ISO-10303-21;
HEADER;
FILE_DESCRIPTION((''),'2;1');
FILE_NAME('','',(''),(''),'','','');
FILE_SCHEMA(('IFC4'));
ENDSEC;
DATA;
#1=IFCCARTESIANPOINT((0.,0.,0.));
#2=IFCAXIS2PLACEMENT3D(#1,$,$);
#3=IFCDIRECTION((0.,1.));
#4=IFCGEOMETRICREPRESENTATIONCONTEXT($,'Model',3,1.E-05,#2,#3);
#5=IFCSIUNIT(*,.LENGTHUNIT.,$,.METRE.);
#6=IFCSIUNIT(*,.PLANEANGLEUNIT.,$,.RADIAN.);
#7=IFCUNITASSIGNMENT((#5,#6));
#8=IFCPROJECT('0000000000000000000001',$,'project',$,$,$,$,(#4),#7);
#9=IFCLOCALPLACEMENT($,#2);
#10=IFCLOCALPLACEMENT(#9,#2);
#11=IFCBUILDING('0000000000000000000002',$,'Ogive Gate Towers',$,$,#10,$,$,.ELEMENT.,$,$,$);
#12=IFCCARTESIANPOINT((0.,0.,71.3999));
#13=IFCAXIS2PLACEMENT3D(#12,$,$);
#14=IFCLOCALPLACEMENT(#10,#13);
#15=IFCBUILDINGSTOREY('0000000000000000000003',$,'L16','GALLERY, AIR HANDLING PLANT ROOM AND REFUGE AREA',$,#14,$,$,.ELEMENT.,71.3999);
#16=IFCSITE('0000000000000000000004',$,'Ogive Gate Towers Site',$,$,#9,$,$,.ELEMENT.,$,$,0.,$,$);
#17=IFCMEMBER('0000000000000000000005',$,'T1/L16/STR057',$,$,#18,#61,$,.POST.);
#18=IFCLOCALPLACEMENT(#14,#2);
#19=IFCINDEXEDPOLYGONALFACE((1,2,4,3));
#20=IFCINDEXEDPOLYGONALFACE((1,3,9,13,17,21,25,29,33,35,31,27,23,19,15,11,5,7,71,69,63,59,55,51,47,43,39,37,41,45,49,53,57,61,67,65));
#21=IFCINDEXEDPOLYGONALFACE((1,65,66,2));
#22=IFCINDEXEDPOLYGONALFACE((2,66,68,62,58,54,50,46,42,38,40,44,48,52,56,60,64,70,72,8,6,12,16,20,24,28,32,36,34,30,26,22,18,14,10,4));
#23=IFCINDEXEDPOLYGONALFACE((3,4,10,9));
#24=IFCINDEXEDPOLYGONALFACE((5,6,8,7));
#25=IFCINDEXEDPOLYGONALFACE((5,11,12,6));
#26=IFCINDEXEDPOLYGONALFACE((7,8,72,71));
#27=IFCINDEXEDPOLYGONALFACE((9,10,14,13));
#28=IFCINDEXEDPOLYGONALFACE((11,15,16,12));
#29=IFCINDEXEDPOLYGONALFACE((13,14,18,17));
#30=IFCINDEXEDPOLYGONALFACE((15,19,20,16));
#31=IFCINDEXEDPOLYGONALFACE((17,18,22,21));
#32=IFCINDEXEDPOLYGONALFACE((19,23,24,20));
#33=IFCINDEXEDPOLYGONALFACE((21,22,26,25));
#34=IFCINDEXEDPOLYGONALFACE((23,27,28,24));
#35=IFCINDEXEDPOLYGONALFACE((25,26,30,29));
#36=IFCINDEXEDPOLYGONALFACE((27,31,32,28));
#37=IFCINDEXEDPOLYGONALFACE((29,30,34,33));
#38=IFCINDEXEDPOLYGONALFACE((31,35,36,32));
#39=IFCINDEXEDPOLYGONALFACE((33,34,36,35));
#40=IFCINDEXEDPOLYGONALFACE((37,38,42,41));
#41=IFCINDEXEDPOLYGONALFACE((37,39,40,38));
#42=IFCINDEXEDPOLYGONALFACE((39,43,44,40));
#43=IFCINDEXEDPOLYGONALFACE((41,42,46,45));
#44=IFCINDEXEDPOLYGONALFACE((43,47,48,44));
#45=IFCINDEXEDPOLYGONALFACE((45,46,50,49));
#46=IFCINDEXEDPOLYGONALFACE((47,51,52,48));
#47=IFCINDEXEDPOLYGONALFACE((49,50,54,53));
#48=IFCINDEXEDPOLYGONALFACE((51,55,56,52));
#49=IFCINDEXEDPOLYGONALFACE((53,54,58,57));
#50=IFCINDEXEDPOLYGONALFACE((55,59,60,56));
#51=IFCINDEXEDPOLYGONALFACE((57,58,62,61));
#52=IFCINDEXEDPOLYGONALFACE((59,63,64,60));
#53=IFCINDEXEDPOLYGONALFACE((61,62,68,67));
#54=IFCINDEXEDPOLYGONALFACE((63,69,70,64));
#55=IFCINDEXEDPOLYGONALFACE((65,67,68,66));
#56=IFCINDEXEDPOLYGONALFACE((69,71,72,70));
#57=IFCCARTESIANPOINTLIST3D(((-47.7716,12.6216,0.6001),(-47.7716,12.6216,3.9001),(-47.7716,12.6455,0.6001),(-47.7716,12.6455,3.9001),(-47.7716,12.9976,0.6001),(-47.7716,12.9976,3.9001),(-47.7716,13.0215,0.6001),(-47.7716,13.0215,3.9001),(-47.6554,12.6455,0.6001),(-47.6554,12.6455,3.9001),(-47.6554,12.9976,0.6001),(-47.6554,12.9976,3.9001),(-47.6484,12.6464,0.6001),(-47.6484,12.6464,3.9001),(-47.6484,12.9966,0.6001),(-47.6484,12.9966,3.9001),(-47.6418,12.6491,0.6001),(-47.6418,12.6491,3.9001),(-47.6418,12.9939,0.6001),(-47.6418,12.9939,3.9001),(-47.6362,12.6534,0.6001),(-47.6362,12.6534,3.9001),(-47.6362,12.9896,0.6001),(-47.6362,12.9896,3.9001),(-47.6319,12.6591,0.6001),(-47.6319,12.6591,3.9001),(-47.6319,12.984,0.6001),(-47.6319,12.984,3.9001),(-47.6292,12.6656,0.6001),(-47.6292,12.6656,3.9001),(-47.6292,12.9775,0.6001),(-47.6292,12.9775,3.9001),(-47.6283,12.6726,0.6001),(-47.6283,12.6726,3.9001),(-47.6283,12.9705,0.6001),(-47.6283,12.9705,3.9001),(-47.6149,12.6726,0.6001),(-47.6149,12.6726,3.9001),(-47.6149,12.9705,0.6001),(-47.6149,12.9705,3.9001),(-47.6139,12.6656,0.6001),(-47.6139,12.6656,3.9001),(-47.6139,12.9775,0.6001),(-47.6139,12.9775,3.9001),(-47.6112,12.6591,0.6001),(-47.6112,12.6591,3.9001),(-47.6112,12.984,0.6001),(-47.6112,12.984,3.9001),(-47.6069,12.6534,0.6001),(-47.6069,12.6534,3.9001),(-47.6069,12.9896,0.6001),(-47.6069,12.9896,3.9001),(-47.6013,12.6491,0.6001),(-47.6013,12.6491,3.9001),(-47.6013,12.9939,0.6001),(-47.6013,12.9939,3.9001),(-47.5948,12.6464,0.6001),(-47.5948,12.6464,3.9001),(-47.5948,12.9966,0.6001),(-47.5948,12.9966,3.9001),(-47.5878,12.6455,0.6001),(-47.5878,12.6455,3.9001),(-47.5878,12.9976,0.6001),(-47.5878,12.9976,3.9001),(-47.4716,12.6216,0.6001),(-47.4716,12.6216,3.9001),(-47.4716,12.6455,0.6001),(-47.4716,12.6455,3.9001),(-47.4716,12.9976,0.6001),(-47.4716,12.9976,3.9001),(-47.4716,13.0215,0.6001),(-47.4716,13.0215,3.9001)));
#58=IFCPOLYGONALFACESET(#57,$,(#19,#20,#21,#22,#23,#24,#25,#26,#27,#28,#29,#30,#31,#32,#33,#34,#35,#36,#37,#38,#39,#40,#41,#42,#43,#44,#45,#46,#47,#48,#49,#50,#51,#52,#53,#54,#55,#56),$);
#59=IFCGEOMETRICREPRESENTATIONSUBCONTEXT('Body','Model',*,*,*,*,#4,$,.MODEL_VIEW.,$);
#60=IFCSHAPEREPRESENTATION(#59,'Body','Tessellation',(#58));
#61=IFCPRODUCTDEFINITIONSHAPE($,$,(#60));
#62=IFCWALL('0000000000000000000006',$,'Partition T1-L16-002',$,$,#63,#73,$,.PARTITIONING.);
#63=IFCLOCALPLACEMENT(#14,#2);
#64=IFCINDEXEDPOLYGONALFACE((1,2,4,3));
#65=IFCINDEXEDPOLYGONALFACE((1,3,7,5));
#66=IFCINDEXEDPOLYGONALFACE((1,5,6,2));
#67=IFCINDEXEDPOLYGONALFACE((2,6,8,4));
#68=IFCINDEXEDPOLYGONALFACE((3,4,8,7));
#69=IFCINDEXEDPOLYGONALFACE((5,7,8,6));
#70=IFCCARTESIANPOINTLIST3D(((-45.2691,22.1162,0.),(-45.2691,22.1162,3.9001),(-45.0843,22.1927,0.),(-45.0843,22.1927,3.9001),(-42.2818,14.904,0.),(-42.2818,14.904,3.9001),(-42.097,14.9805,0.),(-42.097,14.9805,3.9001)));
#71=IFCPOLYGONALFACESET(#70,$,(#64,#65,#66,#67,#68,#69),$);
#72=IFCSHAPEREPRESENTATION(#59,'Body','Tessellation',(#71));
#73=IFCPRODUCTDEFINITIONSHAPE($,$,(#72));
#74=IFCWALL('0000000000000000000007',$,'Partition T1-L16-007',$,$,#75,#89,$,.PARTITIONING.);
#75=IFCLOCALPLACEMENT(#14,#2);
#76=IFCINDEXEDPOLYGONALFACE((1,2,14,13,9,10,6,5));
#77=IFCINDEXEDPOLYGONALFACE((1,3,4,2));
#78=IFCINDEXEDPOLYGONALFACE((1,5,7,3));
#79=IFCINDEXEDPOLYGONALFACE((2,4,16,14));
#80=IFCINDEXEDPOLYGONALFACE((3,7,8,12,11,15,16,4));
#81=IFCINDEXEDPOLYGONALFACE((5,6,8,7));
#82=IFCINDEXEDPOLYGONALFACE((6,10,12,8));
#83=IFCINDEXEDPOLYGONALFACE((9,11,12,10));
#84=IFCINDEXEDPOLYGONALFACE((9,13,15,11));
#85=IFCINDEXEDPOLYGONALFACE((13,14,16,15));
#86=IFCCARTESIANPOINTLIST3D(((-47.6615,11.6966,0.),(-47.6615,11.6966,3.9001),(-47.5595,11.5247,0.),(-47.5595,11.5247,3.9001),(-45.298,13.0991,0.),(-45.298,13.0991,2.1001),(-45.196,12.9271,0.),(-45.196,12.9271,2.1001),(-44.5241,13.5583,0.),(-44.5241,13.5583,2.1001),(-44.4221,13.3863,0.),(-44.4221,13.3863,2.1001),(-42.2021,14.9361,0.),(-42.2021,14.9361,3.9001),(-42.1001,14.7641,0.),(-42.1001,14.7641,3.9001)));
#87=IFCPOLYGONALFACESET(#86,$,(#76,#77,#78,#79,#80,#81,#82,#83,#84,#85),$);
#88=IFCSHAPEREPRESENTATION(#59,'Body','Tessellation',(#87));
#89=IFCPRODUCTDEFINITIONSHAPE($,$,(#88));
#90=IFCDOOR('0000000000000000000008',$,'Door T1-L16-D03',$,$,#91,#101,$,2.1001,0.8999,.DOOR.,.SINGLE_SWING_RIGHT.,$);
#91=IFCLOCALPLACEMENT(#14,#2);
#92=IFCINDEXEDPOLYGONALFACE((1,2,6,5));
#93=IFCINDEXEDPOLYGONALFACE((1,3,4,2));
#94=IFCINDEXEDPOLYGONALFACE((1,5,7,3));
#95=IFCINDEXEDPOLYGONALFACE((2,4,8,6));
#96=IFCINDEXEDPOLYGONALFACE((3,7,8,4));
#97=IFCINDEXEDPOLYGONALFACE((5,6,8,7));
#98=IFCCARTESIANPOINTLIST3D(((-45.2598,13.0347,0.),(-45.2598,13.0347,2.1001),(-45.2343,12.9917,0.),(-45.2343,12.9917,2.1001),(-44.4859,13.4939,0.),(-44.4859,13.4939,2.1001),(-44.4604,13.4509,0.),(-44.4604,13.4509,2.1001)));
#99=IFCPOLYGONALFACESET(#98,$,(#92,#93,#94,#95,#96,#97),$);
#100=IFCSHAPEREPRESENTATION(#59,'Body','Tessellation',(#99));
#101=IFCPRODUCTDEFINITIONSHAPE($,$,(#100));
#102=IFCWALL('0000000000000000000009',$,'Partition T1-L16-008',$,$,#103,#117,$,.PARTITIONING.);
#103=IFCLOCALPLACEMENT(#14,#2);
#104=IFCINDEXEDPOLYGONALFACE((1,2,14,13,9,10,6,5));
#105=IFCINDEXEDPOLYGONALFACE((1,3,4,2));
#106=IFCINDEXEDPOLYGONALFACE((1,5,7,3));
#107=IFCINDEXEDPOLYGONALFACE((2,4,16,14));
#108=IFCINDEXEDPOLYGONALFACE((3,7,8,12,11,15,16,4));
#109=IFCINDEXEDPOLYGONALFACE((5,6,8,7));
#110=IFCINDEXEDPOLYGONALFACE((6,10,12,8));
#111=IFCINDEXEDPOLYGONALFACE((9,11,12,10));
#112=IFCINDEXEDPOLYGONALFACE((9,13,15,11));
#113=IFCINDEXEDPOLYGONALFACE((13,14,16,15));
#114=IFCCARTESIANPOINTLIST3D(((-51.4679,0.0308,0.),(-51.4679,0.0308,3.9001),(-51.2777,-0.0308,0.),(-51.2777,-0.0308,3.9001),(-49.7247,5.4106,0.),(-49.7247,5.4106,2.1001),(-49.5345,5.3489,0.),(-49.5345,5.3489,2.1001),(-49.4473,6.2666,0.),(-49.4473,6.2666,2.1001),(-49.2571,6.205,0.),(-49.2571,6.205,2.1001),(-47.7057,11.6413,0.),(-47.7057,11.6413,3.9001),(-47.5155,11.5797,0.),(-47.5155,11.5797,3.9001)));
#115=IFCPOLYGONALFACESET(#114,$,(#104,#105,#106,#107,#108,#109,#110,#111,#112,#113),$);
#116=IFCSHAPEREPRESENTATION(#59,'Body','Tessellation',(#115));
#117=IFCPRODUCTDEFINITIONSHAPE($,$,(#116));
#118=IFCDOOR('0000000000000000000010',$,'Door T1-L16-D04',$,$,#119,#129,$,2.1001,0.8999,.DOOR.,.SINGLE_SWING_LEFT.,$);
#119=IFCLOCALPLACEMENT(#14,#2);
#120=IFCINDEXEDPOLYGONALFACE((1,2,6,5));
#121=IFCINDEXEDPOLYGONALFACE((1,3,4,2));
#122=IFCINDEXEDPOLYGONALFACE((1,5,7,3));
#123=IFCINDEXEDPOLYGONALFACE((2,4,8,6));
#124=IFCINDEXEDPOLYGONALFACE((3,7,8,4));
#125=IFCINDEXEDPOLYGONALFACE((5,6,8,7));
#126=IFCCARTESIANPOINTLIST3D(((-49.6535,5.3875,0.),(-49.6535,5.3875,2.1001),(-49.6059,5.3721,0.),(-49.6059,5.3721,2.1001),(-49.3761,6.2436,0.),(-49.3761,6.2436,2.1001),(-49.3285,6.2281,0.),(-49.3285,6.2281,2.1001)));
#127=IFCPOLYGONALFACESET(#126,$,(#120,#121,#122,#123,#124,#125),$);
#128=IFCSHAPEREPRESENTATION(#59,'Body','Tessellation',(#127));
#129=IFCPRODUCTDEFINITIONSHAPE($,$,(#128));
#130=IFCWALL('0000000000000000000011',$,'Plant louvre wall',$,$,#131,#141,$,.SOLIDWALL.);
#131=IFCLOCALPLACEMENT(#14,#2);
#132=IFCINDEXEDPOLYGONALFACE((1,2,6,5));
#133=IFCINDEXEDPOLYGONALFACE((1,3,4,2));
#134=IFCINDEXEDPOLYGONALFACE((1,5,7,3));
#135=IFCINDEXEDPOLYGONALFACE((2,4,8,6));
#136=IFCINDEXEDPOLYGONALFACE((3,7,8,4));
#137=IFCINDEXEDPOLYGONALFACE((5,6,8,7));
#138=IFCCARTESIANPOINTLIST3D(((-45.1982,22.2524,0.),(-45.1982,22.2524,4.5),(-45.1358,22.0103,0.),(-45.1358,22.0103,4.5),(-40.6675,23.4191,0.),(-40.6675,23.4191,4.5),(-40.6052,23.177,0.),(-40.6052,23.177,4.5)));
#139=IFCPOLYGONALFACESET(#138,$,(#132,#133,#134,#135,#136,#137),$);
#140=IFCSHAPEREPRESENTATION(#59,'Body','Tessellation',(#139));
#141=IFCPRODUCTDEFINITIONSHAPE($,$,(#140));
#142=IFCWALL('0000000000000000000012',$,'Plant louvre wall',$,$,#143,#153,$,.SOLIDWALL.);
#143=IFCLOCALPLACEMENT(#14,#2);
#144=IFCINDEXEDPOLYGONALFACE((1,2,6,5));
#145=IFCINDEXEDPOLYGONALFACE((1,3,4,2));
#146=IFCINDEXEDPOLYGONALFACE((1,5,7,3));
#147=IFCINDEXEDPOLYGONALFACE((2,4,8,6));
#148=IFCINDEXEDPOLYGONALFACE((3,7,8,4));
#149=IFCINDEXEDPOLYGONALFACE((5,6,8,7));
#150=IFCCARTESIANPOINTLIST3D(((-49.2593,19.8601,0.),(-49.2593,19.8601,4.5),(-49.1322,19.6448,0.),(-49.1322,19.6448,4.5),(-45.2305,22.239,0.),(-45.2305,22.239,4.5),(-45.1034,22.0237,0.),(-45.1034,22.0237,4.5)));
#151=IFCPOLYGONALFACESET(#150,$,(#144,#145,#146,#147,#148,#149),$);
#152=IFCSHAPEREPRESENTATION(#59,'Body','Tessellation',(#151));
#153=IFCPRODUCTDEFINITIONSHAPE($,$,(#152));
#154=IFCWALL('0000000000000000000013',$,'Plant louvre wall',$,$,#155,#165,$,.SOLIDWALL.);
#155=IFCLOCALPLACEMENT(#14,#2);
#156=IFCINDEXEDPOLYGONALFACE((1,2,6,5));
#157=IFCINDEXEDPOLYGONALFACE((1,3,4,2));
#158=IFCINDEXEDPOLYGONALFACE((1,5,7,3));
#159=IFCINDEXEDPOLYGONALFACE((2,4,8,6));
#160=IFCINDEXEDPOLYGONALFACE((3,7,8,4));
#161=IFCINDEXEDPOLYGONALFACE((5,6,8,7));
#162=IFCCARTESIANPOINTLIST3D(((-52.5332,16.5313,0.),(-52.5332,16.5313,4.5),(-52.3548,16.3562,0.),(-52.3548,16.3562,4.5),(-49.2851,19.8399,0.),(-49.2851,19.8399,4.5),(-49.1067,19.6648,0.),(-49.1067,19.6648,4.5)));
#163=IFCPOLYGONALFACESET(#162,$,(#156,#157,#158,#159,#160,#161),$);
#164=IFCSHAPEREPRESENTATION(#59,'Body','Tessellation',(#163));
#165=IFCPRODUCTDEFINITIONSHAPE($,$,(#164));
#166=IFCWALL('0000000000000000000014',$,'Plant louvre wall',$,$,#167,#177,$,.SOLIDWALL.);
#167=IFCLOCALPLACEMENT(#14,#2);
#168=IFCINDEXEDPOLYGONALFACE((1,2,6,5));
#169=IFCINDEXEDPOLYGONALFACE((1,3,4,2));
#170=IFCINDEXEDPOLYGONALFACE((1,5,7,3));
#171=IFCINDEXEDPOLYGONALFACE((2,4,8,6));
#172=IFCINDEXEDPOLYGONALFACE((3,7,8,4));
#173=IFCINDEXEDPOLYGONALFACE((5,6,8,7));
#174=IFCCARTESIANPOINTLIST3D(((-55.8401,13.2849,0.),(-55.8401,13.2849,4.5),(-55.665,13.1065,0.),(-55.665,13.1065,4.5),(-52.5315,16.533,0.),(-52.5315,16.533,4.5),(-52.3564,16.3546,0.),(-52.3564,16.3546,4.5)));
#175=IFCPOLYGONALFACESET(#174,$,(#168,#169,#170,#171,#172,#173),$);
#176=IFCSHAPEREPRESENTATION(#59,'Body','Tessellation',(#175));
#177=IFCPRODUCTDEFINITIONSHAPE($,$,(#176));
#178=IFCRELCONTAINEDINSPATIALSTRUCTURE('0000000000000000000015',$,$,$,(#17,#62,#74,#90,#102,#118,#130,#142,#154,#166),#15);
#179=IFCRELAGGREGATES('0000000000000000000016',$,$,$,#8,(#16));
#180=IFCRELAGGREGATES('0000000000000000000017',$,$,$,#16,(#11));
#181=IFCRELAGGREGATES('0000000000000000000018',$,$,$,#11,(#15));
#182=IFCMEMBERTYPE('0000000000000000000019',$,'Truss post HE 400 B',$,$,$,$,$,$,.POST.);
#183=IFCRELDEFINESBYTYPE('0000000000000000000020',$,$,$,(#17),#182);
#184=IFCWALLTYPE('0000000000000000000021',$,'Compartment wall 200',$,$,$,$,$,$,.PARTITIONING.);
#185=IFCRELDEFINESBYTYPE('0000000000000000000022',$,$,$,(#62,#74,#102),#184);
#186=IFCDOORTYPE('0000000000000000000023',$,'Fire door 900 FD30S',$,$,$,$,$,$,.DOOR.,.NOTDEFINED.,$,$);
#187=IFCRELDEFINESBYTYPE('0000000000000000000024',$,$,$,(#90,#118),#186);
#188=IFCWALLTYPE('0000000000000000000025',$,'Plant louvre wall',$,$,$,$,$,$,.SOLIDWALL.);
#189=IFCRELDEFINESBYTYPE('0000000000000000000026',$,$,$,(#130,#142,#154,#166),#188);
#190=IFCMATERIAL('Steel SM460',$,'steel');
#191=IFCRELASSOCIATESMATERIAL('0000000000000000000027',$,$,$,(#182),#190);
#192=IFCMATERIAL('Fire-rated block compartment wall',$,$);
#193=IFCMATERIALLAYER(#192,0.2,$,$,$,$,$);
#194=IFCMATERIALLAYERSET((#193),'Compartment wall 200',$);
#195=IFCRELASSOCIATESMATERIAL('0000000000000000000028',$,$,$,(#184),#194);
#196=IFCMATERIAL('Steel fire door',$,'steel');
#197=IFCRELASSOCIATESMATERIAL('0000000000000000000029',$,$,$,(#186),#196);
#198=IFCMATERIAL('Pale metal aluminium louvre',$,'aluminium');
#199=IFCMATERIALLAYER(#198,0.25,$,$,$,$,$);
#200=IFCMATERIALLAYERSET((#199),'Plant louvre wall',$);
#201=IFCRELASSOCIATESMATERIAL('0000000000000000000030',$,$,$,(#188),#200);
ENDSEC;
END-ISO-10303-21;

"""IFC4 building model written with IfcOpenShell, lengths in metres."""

from ifc_helpers import new_model, si_unit, direction, frame, frame_2d, origin, origin_2d, place, context, subcontext, project, spatial, rectangle, i_section, extrude, material, layer, layer_set, material_profile, profile_set, type_object, element, fill, save


model = new_model("IFC4")

# Units and contexts
model_context = context("Model", 3, precision=1e-05, world=origin(), true_north=direction((0.0, 1.0)))
body_context = subcontext(model_context, "Body", "Model", "MODEL_VIEW")
ifc_project = project(units=[si_unit("LENGTHUNIT", "METRE"), si_unit("PLANEANGLEUNIT", "RADIAN")], contexts=[model_context])

# Site, building, storey
site_placement = place(None, origin())
site = spatial("IfcSite", under=ifc_project, at=site_placement, Name="Ogive Gate Towers Site", CompositionType="ELEMENT", RefElevation=0.0)
building_placement = place(site_placement, origin())
building = spatial("IfcBuilding", under=site, at=building_placement, Name="Ogive Gate Towers", CompositionType="ELEMENT")
storey_placement = place(building_placement, frame((0.0, 0.0, 71.3999)))
storey = spatial("IfcBuildingStorey", under=building, at=storey_placement, Name="L16", Description="GALLERY, AIR HANDLING PLANT ROOM AND REFUGE AREA", CompositionType="ELEMENT", Elevation=71.3999)

# Shared definitions
ifc_material_1 = material(Name="Steel SM460", Category="steel")

# Member
ifc_material_profile_1 = material_profile(ifc_material_1, i_section(OverallWidth=0.3, OverallDepth=0.3999, WebThickness=0.0134, FlangeThickness=0.0239, FilletRadius=0.0271, at=origin_2d()), Name="HE 400 B")
ifc_profile_set_1 = profile_set([ifc_material_profile_1], Name="Steel SM460")
member_type_1 = type_object("IfcMemberType", Name="Truss post HE 400 B", PredefinedType="POST", material=ifc_profile_set_1)
member_1_placement = place(storey_placement, frame((-47.6216, 12.8215, 0.6001), z_axis=(0.0, 0.0, 1.0), x_axis=(1.0, 0.0, 0.0)))
element("IfcMember", 1, at=member_1_placement, inside=storey, type_object=member_type_1, Name="T1/L16/STR057", PredefinedType="POST", context=body_context, shape_type="SweptSolid", body=[
    extrude(i_section(OverallWidth=0.3, OverallDepth=0.3999, WebThickness=0.0134, FlangeThickness=0.0239, FilletRadius=0.0271, at=origin_2d()), origin(), (0.0, 0.0, 1.0), 3.3),
])

# Wall
ifc_material_2 = material(Name="Fire-rated block compartment wall")
ifc_layer_1 = layer(ifc_material_2, 0.2)
ifc_layer_set_1 = layer_set([ifc_layer_1], Name="Compartment wall 200")
wall_type_1 = type_object("IfcWallType", Name="Compartment wall 200", PredefinedType="PARTITIONING", material=ifc_layer_set_1)
wall_1_placement = place(storey_placement, frame((-45.1768, 22.1545, 0.0), z_axis=(0.0, 0.0, 1.0), x_axis=(0.382676, -0.923883, 0.0)))
element("IfcWall", 2, at=wall_1_placement, inside=storey, type_object=wall_type_1, Name="Partition T1-L16-002", PredefinedType="PARTITIONING", context=body_context, shape_type="SweptSolid", body=[
    extrude(rectangle(XDim=7.8064, YDim=0.2, at=frame_2d((3.9033, 0.0))), origin(), (0.0, 0.0, 1.0), 3.9001),
])

# Walls, openings, doors
wall_2_placement = place(storey_placement, frame((-42.1511, 14.8501, 0.0), z_axis=(0.0, 0.0, 1.0), x_axis=(-0.859997, -0.510299, 0.0)))
wall_2 = element("IfcWall", 3, at=wall_2_placement, inside=storey, type_object=wall_type_1, Name="Partition T1-L16-007", PredefinedType="PARTITIONING", context=body_context, shape_type="SweptSolid", body=[
    extrude(rectangle(XDim=6.3481, YDim=0.2, at=frame_2d((3.1741, 0.0))), origin(), (0.0, 0.0, 1.0), 3.9001),
])
opening_1_placement = place(wall_2_placement, frame((2.7, 0.0, 0.0)))
opening_1 = element("IfcOpeningElement", 4, at=opening_1_placement, cuts=wall_2, PredefinedType="OPENING", context=body_context, shape_type="SweptSolid", body=[
    extrude(rectangle(XDim=0.8999, YDim=2.1001, at=frame_2d((0.45, 1.05))), frame((0.0, 0.1099, 0.0), z_axis=(0.0, -1.0, 0.0), x_axis=(1.0, 0.0, 0.0)), (0.0, 0.0, 1.0), 0.22),
])
ifc_material_3 = material(Name="Steel fire door", Category="steel")
door_type = type_object("IfcDoorType", Name="Fire door 900 FD30S", OperationType="NOTDEFINED", PredefinedType="DOOR", material=ifc_material_3)
door_1_placement = place(opening_1_placement, origin())
door_1 = element("IfcDoor", 5, at=door_1_placement, inside=storey, type_object=door_type, Name="Door T1-L16-D03", OperationType="SINGLE_SWING_RIGHT", OverallHeight=2.1001, OverallWidth=0.8999, PredefinedType="DOOR", context=body_context, shape_type="SweptSolid", body=[
    extrude(rectangle(XDim=0.8999, YDim=2.1001, at=frame_2d((0.45, 1.05))), frame((0.0, 0.0249, 0.0), z_axis=(0.0, -1.0, 0.0), x_axis=(1.0, 0.0, 0.0)), (0.0, 0.0, 1.0), 0.05),
])
fill(opening_1, door_1)
wall_3_placement = place(storey_placement, frame((-47.6106, 11.6106, 0.0), z_axis=(0.0, 0.0, 1.0), x_axis=(-0.308253, -0.951304, 0.0)))
wall_3 = element("IfcWall", 6, at=wall_3_placement, inside=storey, type_object=wall_type_1, Name="Partition T1-L16-008", PredefinedType="PARTITIONING", context=body_context, shape_type="SweptSolid", body=[
    extrude(rectangle(XDim=12.2048, YDim=0.2, at=frame_2d((6.1025, 0.0))), origin(), (0.0, 0.0, 1.0), 3.9001),
])
opening_2_placement = place(wall_3_placement, frame((5.6499, 0.0, 0.0)))
opening_2 = element("IfcOpeningElement", 7, at=opening_2_placement, cuts=wall_3, PredefinedType="OPENING", context=body_context, shape_type="SweptSolid", body=[
    extrude(rectangle(XDim=0.8999, YDim=2.1001, at=frame_2d((0.45, 1.05))), frame((0.0, 0.1099, 0.0), z_axis=(0.0, -1.0, 0.0), x_axis=(1.0, 0.0, 0.0)), (0.0, 0.0, 1.0), 0.22),
])
door_2_placement = place(opening_2_placement, origin())
door_2 = element("IfcDoor", 8, at=door_2_placement, inside=storey, type_object=door_type, Name="Door T1-L16-D04", OperationType="SINGLE_SWING_LEFT", OverallHeight=2.1001, OverallWidth=0.8999, PredefinedType="DOOR", context=body_context, shape_type="SweptSolid", body=[
    extrude(rectangle(XDim=0.8999, YDim=2.1001, at=frame_2d((0.45, 1.05))), frame((0.0, 0.0249, 0.0), z_axis=(0.0, -1.0, 0.0), x_axis=(1.0, 0.0, 0.0)), (0.0, 0.0, 1.0), 0.05),
])
fill(opening_2, door_2)

# Walls
ifc_material_4 = material(Name="Pale metal aluminium louvre", Category="aluminium")
ifc_layer_2 = layer(ifc_material_4, 0.25)
ifc_layer_set_2 = layer_set([ifc_layer_2], Name="Plant louvre wall")
wall_type_2 = type_object("IfcWallType", Name="Plant louvre wall", PredefinedType="SOLIDWALL", material=ifc_layer_set_2)
wall_4_placement = place(storey_placement, frame((-40.6362, 23.2981, 0.0), z_axis=(0.0, 0.0, 1.0), x_axis=(-0.968405, -0.249381, 0.0)))
element("IfcWall", 9, at=wall_4_placement, inside=storey, type_object=wall_type_2, Name="Plant louvre wall", PredefinedType="SOLIDWALL", context=body_context, shape_type="SweptSolid", body=[
    extrude(rectangle(XDim=4.6785, YDim=0.25, at=frame_2d((2.3394, 0.0))), origin(), (0.0, 0.0, 1.0), 4.5),
])
wall_5_placement = place(storey_placement, frame((-45.167, 22.1313, 0.0), z_axis=(0.0, 0.0, 1.0), x_axis=(-0.861091, -0.508452, 0.0)))
element("IfcWall", 10, at=wall_5_placement, inside=storey, type_object=wall_type_2, Name="Plant louvre wall", PredefinedType="SOLIDWALL", context=body_context, shape_type="SweptSolid", body=[
    extrude(rectangle(XDim=4.6787, YDim=0.25, at=frame_2d((2.3394, 0.0))), origin(), (0.0, 0.0, 1.0), 4.5),
])
for number, where, z_axis, x_axis, name in (
    (11, (-49.1958, 19.7524, 0.0), (0.0, 0.0, 1.0), (-0.700547, -0.713606, 0.0), "Plant louvre wall"),
    (12, (-52.4438, 16.4438, 0.0), (0.0, 0.0, 1.0), (-0.713606, -0.700547, 0.0), "Plant louvre wall"),
):
    element("IfcWall", number, at=place(storey_placement, frame(where, z_axis=z_axis, x_axis=x_axis)), inside=storey, type_object=wall_type_2, Name=name, PredefinedType="SOLIDWALL", context=body_context, shape_type="SweptSolid", body=[
        extrude(rectangle(XDim=4.6365, YDim=0.25, at=frame_2d((2.3184, 0.0))), origin(), (0.0, 0.0, 1.0), 4.5),
    ])

save(model, "model.ifc")
